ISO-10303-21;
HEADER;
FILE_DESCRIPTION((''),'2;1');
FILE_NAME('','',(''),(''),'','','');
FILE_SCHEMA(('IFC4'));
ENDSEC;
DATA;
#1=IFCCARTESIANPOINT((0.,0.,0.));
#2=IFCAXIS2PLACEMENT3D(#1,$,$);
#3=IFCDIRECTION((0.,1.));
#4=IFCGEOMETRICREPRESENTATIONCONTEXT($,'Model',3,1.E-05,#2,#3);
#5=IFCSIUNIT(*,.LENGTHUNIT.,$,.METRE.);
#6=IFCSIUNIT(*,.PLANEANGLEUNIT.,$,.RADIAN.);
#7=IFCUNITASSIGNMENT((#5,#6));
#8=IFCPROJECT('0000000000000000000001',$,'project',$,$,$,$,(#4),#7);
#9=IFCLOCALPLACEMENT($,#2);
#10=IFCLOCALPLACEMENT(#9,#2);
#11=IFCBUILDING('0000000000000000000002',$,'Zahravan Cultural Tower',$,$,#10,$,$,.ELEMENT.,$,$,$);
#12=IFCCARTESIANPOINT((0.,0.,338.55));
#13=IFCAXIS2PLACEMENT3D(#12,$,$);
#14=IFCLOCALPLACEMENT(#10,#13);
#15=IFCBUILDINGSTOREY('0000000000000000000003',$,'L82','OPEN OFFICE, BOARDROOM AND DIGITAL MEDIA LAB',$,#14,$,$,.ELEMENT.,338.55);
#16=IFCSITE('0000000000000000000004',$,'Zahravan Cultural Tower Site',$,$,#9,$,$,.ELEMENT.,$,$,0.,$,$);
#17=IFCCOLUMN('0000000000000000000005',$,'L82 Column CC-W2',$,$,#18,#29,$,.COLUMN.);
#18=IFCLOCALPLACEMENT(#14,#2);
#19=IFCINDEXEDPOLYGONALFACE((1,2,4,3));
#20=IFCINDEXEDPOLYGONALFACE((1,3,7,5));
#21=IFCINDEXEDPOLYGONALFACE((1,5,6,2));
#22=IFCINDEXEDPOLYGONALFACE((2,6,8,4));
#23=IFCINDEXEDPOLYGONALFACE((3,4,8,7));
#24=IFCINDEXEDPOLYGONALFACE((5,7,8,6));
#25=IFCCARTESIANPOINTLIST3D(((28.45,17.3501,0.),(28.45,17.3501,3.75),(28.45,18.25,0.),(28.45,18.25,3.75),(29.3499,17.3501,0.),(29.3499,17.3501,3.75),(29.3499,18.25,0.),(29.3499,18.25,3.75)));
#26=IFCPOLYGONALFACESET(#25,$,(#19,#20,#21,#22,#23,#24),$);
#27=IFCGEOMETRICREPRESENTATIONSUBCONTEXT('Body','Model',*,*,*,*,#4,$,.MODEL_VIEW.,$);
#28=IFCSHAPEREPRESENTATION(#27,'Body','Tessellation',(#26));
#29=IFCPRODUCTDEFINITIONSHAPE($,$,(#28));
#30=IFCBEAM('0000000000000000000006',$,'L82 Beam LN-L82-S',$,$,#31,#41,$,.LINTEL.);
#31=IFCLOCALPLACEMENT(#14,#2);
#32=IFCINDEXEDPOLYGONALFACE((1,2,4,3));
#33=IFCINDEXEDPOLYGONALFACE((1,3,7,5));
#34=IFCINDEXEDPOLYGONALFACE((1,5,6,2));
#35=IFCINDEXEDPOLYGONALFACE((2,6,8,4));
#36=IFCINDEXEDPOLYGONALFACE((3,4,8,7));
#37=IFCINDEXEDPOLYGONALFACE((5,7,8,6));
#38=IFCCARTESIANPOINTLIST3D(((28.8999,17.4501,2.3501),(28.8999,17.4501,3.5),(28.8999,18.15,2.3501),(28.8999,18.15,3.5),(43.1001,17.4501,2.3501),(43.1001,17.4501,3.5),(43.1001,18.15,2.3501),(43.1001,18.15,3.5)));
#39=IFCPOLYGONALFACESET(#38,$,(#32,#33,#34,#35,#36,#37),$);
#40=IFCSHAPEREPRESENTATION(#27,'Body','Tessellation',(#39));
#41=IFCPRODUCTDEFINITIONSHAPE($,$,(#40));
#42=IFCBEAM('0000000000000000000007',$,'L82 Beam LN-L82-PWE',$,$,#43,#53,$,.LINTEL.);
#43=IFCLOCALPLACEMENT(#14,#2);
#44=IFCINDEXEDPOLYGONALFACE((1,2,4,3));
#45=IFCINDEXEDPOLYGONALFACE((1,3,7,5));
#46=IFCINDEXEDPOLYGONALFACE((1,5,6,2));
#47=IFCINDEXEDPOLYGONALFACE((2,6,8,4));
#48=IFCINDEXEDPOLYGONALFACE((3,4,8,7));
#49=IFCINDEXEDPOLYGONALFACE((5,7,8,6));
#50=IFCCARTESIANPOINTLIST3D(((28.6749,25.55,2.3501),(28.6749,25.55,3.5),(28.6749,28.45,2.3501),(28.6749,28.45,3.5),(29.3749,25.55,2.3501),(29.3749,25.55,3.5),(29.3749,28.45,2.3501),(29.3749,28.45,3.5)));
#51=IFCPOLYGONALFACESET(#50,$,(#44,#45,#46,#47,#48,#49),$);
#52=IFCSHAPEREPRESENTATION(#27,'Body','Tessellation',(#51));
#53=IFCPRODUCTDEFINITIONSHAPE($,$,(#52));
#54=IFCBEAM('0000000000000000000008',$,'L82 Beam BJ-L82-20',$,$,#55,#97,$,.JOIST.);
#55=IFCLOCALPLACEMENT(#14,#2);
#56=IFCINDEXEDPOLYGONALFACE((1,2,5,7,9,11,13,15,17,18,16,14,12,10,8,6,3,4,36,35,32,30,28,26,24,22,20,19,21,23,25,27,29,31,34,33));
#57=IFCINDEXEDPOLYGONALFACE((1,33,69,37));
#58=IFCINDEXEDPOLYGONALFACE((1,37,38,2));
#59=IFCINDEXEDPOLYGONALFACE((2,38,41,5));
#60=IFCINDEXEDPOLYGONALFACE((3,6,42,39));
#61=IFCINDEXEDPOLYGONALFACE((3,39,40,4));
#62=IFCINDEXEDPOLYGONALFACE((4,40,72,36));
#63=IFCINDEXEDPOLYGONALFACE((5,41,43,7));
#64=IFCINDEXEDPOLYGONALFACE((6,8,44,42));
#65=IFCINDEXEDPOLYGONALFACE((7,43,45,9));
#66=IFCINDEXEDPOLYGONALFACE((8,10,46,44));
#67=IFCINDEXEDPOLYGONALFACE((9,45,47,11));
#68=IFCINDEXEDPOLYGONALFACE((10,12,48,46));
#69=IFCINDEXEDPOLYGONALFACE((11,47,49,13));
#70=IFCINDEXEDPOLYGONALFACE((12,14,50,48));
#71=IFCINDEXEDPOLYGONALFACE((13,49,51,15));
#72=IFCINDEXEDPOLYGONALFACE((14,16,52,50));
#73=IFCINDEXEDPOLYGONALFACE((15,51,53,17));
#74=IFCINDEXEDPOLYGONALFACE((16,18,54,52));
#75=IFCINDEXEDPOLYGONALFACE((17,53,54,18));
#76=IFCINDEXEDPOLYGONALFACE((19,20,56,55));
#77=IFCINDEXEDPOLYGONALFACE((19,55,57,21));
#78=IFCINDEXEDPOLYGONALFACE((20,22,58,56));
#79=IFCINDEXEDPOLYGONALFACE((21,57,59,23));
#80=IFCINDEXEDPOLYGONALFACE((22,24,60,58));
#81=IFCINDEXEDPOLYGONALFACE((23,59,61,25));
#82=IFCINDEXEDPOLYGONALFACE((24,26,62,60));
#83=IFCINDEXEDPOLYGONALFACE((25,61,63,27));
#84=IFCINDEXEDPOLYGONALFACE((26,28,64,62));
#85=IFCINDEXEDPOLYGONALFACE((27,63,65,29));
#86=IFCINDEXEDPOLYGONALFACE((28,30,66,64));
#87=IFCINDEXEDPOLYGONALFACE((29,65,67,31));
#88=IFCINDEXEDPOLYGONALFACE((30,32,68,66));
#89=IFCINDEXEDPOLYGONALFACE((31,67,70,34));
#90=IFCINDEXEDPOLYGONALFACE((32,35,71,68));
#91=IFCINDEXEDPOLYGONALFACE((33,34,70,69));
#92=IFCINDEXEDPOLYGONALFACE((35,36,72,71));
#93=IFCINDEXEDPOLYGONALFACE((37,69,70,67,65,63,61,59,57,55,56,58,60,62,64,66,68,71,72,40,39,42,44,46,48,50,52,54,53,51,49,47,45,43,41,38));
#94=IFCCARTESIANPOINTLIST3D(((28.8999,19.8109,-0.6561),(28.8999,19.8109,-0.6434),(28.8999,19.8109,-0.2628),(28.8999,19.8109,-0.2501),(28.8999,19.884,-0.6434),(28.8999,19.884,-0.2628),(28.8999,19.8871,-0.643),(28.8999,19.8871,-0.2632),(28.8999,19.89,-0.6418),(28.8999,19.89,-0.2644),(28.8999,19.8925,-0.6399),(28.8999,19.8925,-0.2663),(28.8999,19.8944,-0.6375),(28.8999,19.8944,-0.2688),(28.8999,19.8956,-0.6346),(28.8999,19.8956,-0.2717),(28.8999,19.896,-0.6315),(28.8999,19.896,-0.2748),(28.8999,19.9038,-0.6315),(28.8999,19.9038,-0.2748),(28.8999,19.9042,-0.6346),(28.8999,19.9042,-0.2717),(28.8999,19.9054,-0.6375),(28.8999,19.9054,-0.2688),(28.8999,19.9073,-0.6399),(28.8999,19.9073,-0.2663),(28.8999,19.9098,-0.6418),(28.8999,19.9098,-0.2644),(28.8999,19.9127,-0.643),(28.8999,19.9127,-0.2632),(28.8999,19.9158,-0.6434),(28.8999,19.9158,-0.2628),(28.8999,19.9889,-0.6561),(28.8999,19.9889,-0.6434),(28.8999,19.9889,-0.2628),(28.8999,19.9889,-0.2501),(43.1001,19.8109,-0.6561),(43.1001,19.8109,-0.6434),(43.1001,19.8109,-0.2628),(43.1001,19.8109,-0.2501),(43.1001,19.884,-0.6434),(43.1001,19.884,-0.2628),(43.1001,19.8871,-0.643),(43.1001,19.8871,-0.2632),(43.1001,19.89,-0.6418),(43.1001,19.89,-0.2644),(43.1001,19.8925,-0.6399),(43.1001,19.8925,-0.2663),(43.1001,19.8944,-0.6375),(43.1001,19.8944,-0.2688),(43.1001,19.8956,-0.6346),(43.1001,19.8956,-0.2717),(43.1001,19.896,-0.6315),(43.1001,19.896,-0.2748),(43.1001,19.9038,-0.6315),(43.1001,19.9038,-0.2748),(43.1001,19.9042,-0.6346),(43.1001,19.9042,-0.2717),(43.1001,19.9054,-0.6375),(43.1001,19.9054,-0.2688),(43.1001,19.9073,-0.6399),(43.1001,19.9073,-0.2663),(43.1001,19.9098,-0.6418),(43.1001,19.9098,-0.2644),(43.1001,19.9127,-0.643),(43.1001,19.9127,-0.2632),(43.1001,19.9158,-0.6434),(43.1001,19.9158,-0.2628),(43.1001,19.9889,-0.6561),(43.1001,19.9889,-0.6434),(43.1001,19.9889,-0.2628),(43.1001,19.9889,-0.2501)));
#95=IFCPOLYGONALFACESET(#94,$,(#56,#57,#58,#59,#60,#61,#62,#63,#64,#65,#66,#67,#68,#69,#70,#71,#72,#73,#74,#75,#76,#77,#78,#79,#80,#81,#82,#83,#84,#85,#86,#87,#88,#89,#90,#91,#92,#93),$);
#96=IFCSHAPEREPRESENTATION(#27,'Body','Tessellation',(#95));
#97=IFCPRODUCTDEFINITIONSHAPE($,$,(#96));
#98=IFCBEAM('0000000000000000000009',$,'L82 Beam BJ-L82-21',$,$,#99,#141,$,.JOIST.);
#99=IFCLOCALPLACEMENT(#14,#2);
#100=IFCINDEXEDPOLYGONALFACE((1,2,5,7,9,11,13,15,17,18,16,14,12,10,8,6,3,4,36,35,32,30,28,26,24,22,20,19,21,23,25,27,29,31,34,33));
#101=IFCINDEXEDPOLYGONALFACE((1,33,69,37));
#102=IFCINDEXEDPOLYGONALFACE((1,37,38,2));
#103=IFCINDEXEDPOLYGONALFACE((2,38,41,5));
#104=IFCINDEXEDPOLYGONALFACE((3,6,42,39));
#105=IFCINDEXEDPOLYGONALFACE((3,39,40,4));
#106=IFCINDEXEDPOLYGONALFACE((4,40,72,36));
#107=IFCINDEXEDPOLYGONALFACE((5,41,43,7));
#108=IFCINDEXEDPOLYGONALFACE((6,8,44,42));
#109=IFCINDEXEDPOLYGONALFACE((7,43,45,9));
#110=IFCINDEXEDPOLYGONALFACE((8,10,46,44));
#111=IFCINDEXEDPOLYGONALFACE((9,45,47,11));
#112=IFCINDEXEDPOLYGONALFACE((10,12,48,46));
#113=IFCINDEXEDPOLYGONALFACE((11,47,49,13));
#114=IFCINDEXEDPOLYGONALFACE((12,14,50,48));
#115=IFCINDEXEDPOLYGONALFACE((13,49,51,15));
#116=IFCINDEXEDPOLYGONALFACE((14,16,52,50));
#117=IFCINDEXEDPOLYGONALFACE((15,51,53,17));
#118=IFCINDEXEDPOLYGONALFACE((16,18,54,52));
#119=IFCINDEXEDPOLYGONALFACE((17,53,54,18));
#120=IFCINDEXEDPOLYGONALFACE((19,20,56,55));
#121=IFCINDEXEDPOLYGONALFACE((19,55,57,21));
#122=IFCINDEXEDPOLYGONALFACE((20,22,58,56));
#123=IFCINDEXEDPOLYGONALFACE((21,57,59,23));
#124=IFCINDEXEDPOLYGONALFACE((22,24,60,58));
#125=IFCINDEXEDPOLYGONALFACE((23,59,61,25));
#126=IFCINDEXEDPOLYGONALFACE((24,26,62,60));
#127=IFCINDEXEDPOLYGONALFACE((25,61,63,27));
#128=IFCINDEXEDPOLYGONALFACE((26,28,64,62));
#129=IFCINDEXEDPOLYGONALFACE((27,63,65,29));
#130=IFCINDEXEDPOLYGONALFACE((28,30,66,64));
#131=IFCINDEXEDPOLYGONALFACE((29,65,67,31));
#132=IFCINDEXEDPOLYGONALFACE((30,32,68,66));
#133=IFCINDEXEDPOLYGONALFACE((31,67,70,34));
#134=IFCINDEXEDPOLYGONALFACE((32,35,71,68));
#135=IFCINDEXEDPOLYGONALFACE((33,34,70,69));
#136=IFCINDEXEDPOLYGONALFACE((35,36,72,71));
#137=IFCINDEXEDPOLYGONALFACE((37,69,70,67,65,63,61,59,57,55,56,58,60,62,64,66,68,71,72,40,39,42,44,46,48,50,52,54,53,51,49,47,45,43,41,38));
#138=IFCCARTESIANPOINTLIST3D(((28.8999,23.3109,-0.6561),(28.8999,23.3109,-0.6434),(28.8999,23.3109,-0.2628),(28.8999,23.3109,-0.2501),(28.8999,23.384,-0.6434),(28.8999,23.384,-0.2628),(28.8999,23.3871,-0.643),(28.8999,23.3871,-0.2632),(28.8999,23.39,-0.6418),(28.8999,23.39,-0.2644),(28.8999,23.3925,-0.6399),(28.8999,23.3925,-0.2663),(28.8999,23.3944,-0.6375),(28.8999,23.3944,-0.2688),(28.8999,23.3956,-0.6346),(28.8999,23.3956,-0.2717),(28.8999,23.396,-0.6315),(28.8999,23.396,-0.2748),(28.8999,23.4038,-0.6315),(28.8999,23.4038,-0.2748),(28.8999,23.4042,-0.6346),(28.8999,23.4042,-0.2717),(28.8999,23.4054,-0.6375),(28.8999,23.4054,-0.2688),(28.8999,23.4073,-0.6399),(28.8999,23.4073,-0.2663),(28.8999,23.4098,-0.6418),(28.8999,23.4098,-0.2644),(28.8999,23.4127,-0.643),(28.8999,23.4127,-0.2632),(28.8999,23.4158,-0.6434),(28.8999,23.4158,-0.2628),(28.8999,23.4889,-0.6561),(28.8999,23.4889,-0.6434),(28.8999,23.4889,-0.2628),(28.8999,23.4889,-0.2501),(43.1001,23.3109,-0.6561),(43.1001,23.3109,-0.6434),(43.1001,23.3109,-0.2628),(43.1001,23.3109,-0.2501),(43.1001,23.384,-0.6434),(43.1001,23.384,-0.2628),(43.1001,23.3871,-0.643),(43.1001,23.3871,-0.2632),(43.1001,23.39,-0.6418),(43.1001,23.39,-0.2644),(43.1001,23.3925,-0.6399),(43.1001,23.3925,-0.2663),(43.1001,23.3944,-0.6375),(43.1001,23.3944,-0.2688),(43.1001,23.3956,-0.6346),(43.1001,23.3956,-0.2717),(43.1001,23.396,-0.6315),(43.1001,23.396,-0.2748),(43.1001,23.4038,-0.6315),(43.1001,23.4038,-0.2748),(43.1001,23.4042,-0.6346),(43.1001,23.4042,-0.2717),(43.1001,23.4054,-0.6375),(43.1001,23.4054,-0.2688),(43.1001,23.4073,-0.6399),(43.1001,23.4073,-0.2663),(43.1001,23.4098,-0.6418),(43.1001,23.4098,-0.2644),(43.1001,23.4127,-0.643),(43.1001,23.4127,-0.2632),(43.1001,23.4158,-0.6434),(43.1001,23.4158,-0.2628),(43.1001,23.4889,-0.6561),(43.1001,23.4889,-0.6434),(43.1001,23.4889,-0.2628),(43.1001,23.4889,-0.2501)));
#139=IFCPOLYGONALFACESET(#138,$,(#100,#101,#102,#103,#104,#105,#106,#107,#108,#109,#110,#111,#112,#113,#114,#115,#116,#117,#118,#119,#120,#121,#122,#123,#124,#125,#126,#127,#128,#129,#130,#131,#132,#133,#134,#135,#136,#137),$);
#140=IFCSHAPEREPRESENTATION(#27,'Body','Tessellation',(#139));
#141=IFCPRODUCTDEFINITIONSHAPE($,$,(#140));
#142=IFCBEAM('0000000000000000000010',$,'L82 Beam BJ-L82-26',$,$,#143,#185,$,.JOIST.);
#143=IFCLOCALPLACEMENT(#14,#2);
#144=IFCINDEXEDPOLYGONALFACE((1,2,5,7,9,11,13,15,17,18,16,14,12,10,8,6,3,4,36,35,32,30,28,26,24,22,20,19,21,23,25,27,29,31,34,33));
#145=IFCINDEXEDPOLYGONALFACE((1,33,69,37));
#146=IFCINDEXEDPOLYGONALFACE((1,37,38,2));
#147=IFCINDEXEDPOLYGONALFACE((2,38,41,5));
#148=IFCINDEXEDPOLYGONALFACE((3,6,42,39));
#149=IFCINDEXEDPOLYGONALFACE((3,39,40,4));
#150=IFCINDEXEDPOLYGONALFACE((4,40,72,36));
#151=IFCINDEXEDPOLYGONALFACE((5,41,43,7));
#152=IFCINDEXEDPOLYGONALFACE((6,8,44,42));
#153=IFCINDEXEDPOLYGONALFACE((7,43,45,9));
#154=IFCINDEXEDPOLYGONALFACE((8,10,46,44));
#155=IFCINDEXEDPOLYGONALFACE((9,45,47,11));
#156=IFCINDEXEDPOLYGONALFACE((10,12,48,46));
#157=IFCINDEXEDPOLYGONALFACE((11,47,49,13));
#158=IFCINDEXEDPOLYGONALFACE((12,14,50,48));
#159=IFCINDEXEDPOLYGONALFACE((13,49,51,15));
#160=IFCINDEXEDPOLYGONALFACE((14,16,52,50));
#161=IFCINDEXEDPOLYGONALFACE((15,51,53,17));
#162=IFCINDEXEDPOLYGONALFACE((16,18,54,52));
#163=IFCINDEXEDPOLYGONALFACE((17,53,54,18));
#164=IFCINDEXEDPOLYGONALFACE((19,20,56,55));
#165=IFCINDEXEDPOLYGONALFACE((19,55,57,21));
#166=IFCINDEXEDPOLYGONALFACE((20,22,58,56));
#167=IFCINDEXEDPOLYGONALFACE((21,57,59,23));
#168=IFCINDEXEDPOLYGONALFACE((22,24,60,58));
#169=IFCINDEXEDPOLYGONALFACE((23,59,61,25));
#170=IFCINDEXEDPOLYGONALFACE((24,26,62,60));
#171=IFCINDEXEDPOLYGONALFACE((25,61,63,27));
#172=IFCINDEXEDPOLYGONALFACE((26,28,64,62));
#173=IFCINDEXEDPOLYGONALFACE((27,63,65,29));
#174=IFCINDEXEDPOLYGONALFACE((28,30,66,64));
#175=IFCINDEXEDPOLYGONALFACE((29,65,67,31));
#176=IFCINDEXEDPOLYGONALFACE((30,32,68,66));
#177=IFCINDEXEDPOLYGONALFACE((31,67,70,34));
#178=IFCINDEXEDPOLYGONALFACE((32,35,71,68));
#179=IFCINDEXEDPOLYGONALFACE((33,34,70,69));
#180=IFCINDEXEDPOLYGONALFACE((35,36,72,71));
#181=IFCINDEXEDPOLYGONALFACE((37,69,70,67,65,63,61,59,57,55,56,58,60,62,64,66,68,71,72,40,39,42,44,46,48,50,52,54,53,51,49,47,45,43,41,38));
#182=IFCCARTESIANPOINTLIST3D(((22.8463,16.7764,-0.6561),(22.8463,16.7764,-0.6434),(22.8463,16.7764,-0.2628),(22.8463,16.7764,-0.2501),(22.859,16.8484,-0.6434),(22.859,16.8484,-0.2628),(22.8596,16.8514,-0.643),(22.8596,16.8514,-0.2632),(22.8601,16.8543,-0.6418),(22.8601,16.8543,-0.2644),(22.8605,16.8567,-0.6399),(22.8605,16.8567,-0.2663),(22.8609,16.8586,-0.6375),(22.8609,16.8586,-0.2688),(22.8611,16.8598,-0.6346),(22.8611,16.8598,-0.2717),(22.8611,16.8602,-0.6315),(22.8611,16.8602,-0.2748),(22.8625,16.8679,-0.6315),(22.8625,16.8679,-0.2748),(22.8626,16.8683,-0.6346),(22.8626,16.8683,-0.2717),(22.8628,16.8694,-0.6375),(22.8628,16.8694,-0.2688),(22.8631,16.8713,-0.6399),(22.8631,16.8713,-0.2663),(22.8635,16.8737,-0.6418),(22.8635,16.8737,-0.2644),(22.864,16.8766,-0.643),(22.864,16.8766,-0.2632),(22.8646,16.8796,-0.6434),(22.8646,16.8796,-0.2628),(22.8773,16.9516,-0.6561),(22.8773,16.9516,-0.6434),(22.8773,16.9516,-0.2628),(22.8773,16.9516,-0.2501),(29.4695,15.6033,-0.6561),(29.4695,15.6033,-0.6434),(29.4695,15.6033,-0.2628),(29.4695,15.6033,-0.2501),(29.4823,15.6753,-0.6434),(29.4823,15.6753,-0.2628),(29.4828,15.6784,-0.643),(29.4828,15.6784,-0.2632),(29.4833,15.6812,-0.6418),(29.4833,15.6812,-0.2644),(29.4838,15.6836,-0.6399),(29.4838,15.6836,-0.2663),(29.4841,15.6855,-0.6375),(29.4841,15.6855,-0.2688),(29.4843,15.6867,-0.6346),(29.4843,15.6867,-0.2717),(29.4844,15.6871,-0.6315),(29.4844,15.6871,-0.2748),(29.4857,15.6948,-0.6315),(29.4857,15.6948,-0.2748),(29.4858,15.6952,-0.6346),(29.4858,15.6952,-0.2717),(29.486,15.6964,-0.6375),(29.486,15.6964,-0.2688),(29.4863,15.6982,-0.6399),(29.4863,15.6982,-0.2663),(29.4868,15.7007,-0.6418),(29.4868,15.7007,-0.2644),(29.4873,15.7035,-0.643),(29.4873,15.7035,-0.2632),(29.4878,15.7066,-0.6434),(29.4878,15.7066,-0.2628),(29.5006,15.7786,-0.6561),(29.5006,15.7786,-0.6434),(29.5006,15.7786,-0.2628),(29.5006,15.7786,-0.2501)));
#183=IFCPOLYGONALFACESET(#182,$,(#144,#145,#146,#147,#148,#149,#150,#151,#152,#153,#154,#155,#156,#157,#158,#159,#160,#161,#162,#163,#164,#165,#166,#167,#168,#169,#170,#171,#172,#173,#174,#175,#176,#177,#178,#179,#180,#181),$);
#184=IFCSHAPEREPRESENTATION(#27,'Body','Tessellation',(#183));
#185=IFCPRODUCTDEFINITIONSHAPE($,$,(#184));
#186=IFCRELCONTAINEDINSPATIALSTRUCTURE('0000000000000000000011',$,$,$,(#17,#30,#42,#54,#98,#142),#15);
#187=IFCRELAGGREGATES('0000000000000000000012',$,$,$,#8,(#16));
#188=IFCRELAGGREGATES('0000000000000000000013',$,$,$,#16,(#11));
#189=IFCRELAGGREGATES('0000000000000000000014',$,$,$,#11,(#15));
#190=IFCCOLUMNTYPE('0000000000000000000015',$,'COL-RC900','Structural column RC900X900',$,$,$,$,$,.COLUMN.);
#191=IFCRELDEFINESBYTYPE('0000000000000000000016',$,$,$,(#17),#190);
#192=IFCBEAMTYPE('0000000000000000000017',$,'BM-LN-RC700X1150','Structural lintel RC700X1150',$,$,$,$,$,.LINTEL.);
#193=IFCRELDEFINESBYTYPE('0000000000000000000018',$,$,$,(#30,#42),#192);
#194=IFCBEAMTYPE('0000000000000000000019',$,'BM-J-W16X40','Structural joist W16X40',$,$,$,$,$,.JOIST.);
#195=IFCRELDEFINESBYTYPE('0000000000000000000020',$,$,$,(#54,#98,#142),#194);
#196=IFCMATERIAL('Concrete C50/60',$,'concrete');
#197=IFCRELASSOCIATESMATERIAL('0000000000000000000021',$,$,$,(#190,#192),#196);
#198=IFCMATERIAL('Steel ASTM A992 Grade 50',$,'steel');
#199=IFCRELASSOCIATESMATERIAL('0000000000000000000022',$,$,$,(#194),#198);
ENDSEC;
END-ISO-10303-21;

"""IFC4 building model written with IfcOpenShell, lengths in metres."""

from ifc_helpers import new_model, si_unit, direction, frame, origin, origin_2d, place, context, subcontext, project, spatial, rectangle, i_section, extrude, source, transform, mapped, material, material_profile, profile_set, type_object, element, save


model = new_model("IFC4")

# Units and contexts
model_context = context("Model", 3, precision=1e-05, world=origin(), true_north=direction((0.0, 1.0)))
body_context = subcontext(model_context, "Body", "Model", "MODEL_VIEW")
ifc_project = project(units=[si_unit("LENGTHUNIT", "METRE"), si_unit("PLANEANGLEUNIT", "RADIAN")], contexts=[model_context])

# Site, building, storey
site_placement = place(None, origin())
site = spatial("IfcSite", under=ifc_project, at=site_placement, Name="Zahravan Cultural Tower Site", CompositionType="ELEMENT", RefElevation=0.0)
building_placement = place(site_placement, origin())
building = spatial("IfcBuilding", under=site, at=building_placement, Name="Zahravan Cultural Tower", CompositionType="ELEMENT")
storey_placement = place(building_placement, frame((0.0, 0.0, 338.55)))
storey = spatial("IfcBuildingStorey", under=building, at=storey_placement, Name="L82", Description="OPEN OFFICE, BOARDROOM AND DIGITAL MEDIA LAB", CompositionType="ELEMENT", Elevation=338.55)

# Column
ifc_material_1 = material(Name="Concrete C50/60", Category="concrete")
ifc_material_profile_1 = material_profile(ifc_material_1, rectangle(XDim=0.8999, YDim=0.8999, at=origin_2d()), Name="RC900X900")
ifc_profile_set_1 = profile_set([ifc_material_profile_1], Name="Concrete C50/60")
column_type = type_object("IfcColumnType", Name="COL-RC900", Description="Structural column RC900X900", PredefinedType="COLUMN", material=ifc_profile_set_1)
shared_shape_1 = source(origin(), body_context, "Body", "SweptSolid", [
    extrude(rectangle(XDim=0.8999, YDim=0.8999, at=origin_2d()), origin(), (0.0, 0.0, 1.0), 3.75),
])
column_placement = place(storey_placement, frame((28.8999, 17.8, 0.0), z_axis=(0.0, 0.0, 1.0), x_axis=(1.0, 0.0, 0.0)))
element("IfcColumn", 1, at=column_placement, inside=storey, type_object=column_type, Name="L82 Column CC-W2", PredefinedType="COLUMN", context=body_context, shape_type="MappedRepresentation", body=[
    mapped(shared_shape_1, transform((0.0, 0.0, 0.0), x_axis=(1.0, 0.0, 0.0), y_axis=(0.0, 1.0, 0.0), z_axis=(0.0, 0.0, 1.0), scale=1.0)),
])

# Beams
ifc_material_profile_2 = material_profile(ifc_material_1, rectangle(XDim=0.7, YDim=1.1499, at=origin_2d()), Name="RC700X1150")
ifc_profile_set_2 = profile_set([ifc_material_profile_2], Name="Concrete C50/60")
beam_type_1 = type_object("IfcBeamType", Name="BM-LN-RC700X1150", Description="Structural lintel RC700X1150", PredefinedType="LINTEL", material=ifc_profile_set_2)
shared_shape_2 = source(origin(), body_context, "Body", "SweptSolid", [
    extrude(rectangle(XDim=0.7, YDim=1.1499, at=origin_2d()), origin(), (0.0, 0.0, 1.0), 14.2002),
])
beam_1_placement = place(storey_placement, frame((28.8999, 17.8, 2.925), z_axis=(1.0, 0.0, 0.0), x_axis=(0.0, 1.0, 0.0)))
element("IfcBeam", 2, at=beam_1_placement, inside=storey, type_object=beam_type_1, Name="L82 Beam LN-L82-S", PredefinedType="LINTEL", context=body_context, shape_type="MappedRepresentation", body=[
    mapped(shared_shape_2, transform((0.0, 0.0, 0.0), x_axis=(1.0, 0.0, 0.0), y_axis=(0.0, 1.0, 0.0), z_axis=(0.0, 0.0, 1.0), scale=1.0)),
])
shared_shape_3 = source(origin(), body_context, "Body", "SweptSolid", [
    extrude(rectangle(XDim=0.7, YDim=1.1499, at=origin_2d()), origin(), (0.0, 0.0, 1.0), 2.8999),
])
beam_2_placement = place(storey_placement, frame((29.0249, 25.55, 2.925), z_axis=(0.0, 1.0, 0.0), x_axis=(-1.0, 0.0, 0.0)))
element("IfcBeam", 3, at=beam_2_placement, inside=storey, type_object=beam_type_1, Name="L82 Beam LN-L82-PWE", PredefinedType="LINTEL", context=body_context, shape_type="MappedRepresentation", body=[
    mapped(shared_shape_3, transform((0.0, 0.0, 0.0), x_axis=(1.0, 0.0, 0.0), y_axis=(0.0, 1.0, 0.0), z_axis=(0.0, 0.0, 1.0), scale=1.0)),
])
ifc_material_2 = material(Name="Steel ASTM A992 Grade 50", Category="steel")
ifc_material_profile_3 = material_profile(ifc_material_2, i_section(OverallWidth=0.178, OverallDepth=0.406, WebThickness=0.0078, FlangeThickness=0.0127, FilletRadius=0.012, at=origin_2d()), Name="W16X40")
ifc_profile_set_3 = profile_set([ifc_material_profile_3], Name="Steel ASTM A992 Grade 50")
beam_type_2 = type_object("IfcBeamType", Name="BM-J-W16X40", Description="Structural joist W16X40", PredefinedType="JOIST", material=ifc_profile_set_3)
shared_shape_4 = source(origin(), body_context, "Body", "SweptSolid", [
    extrude(i_section(OverallWidth=0.178, OverallDepth=0.406, WebThickness=0.0078, FlangeThickness=0.0127, FilletRadius=0.012, at=origin_2d()), origin(), (0.0, 0.0, 1.0), 14.2002),
])
for number, where, z_axis, x_axis, name in (
    (4, (28.8999, 19.8999, -0.4531), (1.0, 0.0, 0.0), (0.0, 1.0, 0.0), "L82 Beam BJ-L82-20"),
    (5, (28.8999, 23.3999, -0.4531), (1.0, 0.0, 0.0), (0.0, 1.0, 0.0), "L82 Beam BJ-L82-21"),
):
    element("IfcBeam", number, at=place(storey_placement, frame(where, z_axis=z_axis, x_axis=x_axis)), inside=storey, type_object=beam_type_2, Name=name, PredefinedType="JOIST", context=body_context, shape_type="MappedRepresentation", body=[
        mapped(shared_shape_4, transform((0.0, 0.0, 0.0), x_axis=(1.0, 0.0, 0.0), y_axis=(0.0, 1.0, 0.0), z_axis=(0.0, 0.0, 1.0), scale=1.0)),
    ])
shared_shape_5 = source(origin(), body_context, "Body", "SweptSolid", [
    extrude(i_section(OverallWidth=0.178, OverallDepth=0.406, WebThickness=0.0078, FlangeThickness=0.0127, FilletRadius=0.012, at=origin_2d()), origin(), (0.0, 0.0, 1.0), 6.7263),
])
beam_3_placement = place(storey_placement, frame((22.8618, 16.864, -0.4531), z_axis=(0.984674, -0.174402, 0.0), x_axis=(0.174402, 0.984674, 0.0)))
element("IfcBeam", 6, at=beam_3_placement, inside=storey, type_object=beam_type_2, Name="L82 Beam BJ-L82-26", PredefinedType="JOIST", context=body_context, shape_type="MappedRepresentation", body=[
    mapped(shared_shape_5, transform((0.0, 0.0, 0.0), x_axis=(1.0, 0.0, 0.0), y_axis=(0.0, 1.0, 0.0), z_axis=(0.0, 0.0, 1.0), scale=1.0)),
])

save(model, "model.ifc")
